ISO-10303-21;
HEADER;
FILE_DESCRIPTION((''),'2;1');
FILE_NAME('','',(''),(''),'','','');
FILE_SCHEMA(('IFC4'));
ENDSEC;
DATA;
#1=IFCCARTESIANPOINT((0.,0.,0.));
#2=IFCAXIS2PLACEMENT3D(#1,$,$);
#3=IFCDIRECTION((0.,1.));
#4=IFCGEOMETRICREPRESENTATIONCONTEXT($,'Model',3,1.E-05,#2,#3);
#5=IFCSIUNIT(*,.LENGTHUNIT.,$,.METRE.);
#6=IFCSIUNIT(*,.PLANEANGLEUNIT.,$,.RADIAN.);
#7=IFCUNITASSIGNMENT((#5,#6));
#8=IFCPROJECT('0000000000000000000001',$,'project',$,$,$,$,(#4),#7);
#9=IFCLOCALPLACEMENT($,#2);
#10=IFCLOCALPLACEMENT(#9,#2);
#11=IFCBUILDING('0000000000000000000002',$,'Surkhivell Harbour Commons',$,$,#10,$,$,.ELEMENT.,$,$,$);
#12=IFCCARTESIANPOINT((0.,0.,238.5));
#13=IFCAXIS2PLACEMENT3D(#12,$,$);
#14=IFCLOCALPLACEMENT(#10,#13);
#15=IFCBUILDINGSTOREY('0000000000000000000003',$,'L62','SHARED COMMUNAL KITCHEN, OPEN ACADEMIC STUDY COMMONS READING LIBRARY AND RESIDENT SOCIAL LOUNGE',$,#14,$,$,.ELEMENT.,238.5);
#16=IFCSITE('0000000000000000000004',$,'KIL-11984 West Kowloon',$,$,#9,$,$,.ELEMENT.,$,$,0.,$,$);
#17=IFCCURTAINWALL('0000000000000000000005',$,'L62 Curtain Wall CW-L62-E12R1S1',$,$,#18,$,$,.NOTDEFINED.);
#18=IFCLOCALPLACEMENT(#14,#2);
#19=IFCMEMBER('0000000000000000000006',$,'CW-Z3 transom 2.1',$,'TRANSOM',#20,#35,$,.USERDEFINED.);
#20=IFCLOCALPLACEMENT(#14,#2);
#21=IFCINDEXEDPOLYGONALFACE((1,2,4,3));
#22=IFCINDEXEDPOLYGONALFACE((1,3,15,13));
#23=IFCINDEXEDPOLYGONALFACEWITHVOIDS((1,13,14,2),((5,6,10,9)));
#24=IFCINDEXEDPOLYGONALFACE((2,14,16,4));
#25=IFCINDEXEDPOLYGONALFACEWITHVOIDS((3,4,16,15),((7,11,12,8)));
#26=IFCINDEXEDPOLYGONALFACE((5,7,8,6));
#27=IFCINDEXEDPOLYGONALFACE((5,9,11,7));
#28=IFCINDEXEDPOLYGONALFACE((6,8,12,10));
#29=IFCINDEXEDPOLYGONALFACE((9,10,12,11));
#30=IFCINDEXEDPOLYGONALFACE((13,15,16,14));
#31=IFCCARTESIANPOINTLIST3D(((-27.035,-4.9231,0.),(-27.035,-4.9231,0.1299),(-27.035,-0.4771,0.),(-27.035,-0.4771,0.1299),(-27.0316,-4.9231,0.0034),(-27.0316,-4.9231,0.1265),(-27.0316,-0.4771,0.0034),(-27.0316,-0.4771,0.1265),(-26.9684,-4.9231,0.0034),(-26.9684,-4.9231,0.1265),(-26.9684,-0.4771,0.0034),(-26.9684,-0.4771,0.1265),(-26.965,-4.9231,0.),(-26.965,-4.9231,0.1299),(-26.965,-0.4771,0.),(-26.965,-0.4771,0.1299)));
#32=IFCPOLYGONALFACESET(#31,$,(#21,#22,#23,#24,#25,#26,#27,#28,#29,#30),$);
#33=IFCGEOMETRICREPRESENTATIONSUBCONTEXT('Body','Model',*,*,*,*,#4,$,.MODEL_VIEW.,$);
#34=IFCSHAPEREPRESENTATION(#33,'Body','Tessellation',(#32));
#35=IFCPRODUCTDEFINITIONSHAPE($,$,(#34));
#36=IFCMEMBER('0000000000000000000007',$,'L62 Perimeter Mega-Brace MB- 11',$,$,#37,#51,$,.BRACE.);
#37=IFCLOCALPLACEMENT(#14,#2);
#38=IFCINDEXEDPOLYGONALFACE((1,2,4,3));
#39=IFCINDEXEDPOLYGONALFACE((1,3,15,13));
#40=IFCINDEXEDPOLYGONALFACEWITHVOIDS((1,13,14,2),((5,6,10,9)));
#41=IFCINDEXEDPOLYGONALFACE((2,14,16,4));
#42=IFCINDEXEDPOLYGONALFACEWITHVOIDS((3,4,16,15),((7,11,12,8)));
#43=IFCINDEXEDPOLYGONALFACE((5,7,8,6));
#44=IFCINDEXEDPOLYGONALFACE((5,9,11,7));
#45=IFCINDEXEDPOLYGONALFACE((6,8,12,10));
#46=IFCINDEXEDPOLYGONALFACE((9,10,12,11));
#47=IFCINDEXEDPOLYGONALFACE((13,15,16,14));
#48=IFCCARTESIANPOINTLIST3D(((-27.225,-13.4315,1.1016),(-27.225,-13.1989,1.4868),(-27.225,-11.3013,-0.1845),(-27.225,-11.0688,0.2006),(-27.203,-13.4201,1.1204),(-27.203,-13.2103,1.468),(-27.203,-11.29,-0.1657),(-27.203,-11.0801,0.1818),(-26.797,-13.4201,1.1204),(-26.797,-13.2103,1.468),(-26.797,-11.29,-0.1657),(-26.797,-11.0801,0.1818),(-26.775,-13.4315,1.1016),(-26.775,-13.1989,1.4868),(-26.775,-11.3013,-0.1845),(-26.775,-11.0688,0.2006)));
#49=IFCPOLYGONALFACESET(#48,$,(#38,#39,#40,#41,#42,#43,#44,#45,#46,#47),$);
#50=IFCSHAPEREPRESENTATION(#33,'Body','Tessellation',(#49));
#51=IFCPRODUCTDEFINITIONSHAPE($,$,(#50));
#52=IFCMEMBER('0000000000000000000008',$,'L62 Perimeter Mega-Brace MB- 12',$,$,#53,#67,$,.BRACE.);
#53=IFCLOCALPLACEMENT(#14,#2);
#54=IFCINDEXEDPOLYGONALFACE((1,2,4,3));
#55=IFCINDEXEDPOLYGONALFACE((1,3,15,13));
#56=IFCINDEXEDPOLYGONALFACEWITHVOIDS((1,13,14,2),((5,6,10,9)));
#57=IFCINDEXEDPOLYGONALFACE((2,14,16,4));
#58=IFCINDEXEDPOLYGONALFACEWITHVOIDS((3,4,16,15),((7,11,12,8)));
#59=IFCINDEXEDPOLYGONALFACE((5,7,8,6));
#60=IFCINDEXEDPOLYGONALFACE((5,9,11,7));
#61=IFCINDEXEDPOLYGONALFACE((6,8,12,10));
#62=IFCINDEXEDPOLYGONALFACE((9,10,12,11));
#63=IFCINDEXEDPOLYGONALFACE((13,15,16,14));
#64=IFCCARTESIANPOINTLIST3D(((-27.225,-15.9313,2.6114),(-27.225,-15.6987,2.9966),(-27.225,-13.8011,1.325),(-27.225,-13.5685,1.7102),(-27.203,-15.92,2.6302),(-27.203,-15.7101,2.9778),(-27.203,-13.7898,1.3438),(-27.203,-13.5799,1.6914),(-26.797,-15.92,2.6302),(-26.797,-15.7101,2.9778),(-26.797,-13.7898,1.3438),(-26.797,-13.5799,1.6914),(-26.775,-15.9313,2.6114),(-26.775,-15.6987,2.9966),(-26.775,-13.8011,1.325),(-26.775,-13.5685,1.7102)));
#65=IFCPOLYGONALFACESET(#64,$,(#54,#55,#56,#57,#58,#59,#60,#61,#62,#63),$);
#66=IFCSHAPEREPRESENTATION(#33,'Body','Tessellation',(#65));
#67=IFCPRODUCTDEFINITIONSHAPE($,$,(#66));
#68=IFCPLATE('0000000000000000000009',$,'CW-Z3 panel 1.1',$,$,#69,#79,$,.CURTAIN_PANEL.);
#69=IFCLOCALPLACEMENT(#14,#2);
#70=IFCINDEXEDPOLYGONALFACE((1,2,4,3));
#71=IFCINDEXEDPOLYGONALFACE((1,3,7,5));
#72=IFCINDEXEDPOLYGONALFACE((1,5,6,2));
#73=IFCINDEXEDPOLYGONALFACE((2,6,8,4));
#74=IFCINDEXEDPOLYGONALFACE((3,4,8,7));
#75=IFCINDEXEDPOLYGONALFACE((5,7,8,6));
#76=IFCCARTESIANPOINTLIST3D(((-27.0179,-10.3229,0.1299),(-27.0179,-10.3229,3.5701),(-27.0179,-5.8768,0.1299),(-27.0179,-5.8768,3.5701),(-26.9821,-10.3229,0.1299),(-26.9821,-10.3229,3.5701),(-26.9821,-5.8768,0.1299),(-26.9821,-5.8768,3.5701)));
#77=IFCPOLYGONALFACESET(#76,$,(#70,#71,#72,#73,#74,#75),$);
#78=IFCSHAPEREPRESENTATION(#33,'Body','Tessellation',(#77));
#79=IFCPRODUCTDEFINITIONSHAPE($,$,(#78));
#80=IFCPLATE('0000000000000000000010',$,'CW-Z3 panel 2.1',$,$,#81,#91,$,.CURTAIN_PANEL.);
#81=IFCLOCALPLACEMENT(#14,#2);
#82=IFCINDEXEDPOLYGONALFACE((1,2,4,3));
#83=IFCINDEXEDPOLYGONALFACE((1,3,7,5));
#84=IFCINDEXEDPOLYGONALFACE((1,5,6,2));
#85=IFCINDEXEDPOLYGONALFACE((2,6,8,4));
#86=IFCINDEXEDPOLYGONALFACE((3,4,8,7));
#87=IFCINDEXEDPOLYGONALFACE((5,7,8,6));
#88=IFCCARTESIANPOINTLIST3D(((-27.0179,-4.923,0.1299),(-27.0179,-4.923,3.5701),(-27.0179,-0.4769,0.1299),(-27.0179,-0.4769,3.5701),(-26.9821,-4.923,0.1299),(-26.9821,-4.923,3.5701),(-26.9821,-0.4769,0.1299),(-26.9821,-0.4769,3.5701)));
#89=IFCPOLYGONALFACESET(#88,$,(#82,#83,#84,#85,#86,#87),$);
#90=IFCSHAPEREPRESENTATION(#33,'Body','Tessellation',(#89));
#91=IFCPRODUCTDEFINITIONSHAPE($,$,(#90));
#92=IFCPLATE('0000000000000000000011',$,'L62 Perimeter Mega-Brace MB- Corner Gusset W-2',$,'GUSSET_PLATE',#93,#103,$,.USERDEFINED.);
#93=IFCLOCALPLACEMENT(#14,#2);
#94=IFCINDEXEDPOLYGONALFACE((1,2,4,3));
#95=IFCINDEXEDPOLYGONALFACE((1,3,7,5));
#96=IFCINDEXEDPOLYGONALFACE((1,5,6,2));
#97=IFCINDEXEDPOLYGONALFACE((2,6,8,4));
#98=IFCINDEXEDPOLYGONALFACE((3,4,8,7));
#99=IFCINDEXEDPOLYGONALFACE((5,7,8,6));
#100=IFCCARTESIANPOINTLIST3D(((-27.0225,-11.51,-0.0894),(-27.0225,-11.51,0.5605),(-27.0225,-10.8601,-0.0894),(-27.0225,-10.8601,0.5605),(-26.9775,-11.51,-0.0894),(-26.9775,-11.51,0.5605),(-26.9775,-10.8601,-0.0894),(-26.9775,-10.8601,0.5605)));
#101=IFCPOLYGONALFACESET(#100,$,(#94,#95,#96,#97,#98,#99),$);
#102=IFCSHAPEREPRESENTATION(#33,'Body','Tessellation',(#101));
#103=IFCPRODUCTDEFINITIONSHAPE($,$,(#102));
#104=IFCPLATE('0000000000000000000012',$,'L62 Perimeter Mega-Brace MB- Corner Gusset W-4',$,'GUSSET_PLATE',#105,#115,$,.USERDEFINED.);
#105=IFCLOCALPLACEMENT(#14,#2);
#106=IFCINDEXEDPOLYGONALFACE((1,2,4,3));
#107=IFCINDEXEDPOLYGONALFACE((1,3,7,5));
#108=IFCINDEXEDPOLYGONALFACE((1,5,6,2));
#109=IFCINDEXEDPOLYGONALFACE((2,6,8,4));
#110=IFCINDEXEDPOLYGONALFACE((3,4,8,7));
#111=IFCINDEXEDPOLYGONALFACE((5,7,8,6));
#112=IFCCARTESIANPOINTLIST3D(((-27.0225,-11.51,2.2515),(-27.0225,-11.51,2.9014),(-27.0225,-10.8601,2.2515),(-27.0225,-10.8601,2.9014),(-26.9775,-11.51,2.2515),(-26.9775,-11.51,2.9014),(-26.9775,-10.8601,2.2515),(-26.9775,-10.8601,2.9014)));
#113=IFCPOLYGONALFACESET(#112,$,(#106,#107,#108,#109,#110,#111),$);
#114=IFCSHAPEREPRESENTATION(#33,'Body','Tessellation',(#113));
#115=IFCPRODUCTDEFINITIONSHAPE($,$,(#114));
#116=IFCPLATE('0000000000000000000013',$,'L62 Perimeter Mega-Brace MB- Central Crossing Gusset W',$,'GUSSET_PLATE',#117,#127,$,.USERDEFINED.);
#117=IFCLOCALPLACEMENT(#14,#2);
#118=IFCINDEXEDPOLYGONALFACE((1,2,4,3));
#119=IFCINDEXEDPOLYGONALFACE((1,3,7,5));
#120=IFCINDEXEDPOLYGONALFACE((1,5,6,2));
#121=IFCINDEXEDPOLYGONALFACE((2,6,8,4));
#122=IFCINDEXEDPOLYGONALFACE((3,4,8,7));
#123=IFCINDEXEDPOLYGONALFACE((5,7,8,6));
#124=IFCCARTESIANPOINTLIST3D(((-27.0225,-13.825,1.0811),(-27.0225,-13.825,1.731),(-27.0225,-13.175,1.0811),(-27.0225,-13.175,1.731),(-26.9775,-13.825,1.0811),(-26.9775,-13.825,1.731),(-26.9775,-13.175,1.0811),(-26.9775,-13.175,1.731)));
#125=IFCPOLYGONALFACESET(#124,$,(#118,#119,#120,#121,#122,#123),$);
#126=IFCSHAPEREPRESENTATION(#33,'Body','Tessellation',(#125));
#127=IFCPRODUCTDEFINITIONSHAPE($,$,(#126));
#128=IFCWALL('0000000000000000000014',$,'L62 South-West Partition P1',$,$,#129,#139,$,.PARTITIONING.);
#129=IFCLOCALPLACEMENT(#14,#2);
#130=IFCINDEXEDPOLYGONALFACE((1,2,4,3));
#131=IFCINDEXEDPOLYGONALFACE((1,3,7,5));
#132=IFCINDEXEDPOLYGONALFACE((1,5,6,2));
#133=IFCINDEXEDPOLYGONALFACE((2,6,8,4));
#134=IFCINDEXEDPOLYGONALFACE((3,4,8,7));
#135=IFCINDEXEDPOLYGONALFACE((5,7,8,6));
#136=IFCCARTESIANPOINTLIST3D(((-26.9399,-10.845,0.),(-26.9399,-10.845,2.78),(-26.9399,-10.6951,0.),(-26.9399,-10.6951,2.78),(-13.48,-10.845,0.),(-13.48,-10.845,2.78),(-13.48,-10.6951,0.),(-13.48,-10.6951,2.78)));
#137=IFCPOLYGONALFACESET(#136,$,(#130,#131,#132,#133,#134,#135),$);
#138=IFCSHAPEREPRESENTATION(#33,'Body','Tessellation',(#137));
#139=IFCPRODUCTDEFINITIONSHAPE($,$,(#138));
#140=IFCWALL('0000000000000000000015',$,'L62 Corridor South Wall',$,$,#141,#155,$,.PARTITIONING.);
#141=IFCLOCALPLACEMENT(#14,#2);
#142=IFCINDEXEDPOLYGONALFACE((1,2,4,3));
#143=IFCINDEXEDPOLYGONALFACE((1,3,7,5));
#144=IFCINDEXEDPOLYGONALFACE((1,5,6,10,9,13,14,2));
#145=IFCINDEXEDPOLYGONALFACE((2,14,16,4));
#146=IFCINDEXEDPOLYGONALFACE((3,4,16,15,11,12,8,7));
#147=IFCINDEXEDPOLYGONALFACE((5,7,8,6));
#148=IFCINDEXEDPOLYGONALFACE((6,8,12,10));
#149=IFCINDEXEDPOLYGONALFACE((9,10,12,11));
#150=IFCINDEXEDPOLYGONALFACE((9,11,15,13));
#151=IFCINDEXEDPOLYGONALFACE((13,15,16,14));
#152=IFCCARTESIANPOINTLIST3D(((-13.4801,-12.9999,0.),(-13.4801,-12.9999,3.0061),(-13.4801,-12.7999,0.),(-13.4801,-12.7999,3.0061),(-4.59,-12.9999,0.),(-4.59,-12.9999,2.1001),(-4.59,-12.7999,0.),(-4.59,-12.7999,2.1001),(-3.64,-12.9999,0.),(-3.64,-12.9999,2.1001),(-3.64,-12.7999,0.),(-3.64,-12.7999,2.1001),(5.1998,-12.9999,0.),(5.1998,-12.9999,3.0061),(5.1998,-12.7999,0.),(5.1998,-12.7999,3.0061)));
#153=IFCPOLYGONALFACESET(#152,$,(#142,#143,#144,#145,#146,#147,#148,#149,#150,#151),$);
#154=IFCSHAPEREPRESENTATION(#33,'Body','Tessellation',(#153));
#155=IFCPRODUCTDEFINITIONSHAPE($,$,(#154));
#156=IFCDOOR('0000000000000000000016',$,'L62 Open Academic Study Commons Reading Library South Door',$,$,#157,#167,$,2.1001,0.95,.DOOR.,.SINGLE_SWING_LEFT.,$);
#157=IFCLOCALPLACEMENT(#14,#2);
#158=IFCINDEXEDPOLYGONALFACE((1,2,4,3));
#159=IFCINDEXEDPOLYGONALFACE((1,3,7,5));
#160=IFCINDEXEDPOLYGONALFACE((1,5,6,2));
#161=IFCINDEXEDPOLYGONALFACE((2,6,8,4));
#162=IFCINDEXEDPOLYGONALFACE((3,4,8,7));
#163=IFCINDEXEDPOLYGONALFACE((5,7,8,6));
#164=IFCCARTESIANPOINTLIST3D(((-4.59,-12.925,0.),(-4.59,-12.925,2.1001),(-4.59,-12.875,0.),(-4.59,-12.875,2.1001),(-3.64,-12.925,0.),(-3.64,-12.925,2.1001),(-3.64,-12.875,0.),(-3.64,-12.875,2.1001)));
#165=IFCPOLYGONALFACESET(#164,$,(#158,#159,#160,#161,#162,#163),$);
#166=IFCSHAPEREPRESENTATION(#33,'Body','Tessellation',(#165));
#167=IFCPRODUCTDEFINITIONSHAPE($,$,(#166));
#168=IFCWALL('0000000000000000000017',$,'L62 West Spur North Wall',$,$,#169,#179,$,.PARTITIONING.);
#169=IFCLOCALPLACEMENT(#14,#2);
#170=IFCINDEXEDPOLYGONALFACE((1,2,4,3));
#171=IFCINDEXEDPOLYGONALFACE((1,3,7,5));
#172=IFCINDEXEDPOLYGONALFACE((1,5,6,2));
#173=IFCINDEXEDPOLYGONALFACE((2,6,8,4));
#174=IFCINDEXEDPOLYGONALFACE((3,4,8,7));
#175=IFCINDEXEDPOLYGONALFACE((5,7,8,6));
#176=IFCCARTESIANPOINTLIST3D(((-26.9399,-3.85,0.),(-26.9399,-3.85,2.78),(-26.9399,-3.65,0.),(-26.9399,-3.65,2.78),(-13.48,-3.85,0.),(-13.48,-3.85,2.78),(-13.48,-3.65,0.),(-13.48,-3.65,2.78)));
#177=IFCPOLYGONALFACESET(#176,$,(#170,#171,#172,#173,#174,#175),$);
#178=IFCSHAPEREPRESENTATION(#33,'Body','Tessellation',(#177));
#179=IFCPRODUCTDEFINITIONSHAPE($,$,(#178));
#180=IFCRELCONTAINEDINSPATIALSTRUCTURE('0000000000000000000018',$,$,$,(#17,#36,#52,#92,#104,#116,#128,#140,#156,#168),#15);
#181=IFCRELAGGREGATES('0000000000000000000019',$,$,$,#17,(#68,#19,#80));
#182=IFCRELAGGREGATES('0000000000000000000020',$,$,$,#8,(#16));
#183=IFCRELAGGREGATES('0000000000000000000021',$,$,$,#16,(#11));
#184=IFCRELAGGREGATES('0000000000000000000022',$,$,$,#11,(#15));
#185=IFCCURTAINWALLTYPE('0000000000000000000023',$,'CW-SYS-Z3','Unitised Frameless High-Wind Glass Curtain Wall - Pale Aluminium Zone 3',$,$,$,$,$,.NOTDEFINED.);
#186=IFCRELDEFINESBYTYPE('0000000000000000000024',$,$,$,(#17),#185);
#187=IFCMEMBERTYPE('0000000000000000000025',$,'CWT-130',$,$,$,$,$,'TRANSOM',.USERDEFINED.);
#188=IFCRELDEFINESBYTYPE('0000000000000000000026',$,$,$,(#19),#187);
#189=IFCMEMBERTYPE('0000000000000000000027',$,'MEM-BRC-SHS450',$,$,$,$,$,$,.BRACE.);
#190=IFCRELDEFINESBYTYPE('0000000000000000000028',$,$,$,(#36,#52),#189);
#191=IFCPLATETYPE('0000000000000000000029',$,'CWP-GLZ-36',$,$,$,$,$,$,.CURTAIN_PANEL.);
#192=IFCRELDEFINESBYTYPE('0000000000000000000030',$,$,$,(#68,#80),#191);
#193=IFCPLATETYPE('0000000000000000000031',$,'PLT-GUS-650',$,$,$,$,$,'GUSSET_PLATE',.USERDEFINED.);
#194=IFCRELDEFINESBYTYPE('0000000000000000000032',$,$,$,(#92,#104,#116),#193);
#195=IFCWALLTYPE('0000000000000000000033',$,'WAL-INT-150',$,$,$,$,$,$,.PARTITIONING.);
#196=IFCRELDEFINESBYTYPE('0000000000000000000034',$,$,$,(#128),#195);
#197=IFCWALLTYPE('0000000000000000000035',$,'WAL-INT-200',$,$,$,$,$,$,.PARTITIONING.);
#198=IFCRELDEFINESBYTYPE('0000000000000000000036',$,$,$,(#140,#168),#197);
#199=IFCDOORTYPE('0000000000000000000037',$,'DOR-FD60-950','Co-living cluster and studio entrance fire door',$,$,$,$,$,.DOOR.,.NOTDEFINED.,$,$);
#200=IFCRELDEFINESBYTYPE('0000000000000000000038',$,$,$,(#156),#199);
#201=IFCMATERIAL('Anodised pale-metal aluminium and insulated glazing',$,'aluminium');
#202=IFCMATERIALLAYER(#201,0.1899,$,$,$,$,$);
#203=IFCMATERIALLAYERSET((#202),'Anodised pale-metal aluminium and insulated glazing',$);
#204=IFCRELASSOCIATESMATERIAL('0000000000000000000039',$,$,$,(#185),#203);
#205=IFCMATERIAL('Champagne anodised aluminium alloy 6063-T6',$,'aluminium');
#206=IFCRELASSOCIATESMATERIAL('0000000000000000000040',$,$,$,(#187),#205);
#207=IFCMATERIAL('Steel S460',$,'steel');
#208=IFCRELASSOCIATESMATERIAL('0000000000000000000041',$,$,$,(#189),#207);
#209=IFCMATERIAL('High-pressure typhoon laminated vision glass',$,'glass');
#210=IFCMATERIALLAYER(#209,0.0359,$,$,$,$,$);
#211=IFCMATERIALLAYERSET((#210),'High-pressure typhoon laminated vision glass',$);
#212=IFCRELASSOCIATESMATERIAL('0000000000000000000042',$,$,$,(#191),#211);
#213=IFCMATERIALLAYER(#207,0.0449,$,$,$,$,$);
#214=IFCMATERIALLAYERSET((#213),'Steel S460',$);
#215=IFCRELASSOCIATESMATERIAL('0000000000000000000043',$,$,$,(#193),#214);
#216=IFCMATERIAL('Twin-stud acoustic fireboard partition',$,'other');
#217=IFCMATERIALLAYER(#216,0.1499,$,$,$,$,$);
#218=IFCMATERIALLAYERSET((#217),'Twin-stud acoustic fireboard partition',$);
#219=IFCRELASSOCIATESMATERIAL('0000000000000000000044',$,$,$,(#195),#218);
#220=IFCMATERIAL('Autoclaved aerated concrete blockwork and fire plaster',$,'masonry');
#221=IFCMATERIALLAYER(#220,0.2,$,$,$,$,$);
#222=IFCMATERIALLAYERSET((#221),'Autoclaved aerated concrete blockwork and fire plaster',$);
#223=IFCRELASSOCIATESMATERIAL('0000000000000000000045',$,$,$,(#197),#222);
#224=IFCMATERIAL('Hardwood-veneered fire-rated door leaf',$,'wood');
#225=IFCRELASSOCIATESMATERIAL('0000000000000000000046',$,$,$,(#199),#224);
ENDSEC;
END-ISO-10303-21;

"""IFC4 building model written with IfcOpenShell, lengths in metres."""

from ifc_helpers import new_model, si_unit, direction, frame, frame_2d, origin, origin_2d, place, context, subcontext, project, spatial, rectangle, hollow_rectangle, extrude, material, layer, layer_set, material_profile, profile_set, type_object, element, fill, aggregate, save


model = new_model("IFC4")

# Units and contexts
model_context = context("Model", 3, precision=1e-05, world=origin(), true_north=direction((0.0, 1.0)))
body_context = subcontext(model_context, "Body", "Model", "MODEL_VIEW")
ifc_project = project(units=[si_unit("LENGTHUNIT", "METRE"), si_unit("PLANEANGLEUNIT", "RADIAN")], contexts=[model_context])

# Site, building, storey
site_placement = place(None, origin())
site = spatial("IfcSite", under=ifc_project, at=site_placement, Name="KIL-11984 West Kowloon", CompositionType="ELEMENT", RefElevation=0.0)
building_placement = place(site_placement, origin())
building = spatial("IfcBuilding", under=site, at=building_placement, Name="Surkhivell Harbour Commons", CompositionType="ELEMENT")
storey_placement = place(building_placement, frame((0.0, 0.0, 238.5)))
storey = spatial("IfcBuildingStorey", under=building, at=storey_placement, Name="L62", Description="SHARED COMMUNAL KITCHEN, OPEN ACADEMIC STUDY COMMONS READING LIBRARY AND RESIDENT SOCIAL LOUNGE", CompositionType="ELEMENT", Elevation=238.5)

# Curtain wall, member
ifc_material_1 = material(Name="Anodised pale-metal aluminium and insulated glazing", Category="aluminium")
ifc_layer_1 = layer(ifc_material_1, 0.1899)
ifc_layer_set_1 = layer_set([ifc_layer_1], Name="Anodised pale-metal aluminium and insulated glazing")
curtain_wall_type = type_object("IfcCurtainWallType", Name="CW-SYS-Z3", Description="Unitised Frameless High-Wind Glass Curtain Wall - Pale Aluminium Zone 3", PredefinedType="NOTDEFINED", material=ifc_layer_set_1)
curtain_wall_placement = place(storey_placement, origin())
curtain_wall = element("IfcCurtainWall", 1, at=curtain_wall_placement, inside=storey, type_object=curtain_wall_type, Name="L62 Curtain Wall CW-L62-E12R1S1", PredefinedType="NOTDEFINED")
ifc_material_2 = material(Name="Champagne anodised aluminium alloy 6063-T6", Category="aluminium")
ifc_material_profile_1 = material_profile(ifc_material_2, hollow_rectangle(XDim=0.0701, YDim=0.1299, WallThickness=0.0034, at=origin_2d()), Name="ALU-TRAN-70x130")
ifc_profile_set_1 = profile_set([ifc_material_profile_1], Name="Champagne anodised aluminium alloy 6063-T6")
member_type_1 = type_object("IfcMemberType", Name="CWT-130", ElementType="TRANSOM", PredefinedType="USERDEFINED", material=ifc_profile_set_1)
member_1_placement = place(storey_placement, frame((-27.0, -4.9231, 0.0649), z_axis=(0.0, 1.0, 0.0), x_axis=(-1.0, 0.0, 0.0)))
member_1 = element("IfcMember", 2, at=member_1_placement, type_object=member_type_1, Name="CW-Z3 transom 2.1", ObjectType="TRANSOM", PredefinedType="USERDEFINED", context=body_context, shape_type="SweptSolid", body=[
    extrude(hollow_rectangle(XDim=0.0701, YDim=0.1299, WallThickness=0.0034, at=origin_2d()), origin(), (0.0, 0.0, 1.0), 4.446),
])

# Members
ifc_material_3 = material(Name="Steel S460", Category="steel")
ifc_material_profile_2 = material_profile(ifc_material_3, hollow_rectangle(XDim=0.45, YDim=0.45, WallThickness=0.022, at=origin_2d()), Name="SHS450x450x22")
ifc_profile_set_2 = profile_set([ifc_material_profile_2], Name="Steel S460")
member_type_2 = type_object("IfcMemberType", Name="MEM-BRC-SHS450", PredefinedType="BRACE", material=ifc_profile_set_2)
member_2_placement = place(storey_placement, frame((-27.0, -11.1851, 0.0081), z_axis=(0.0, -0.856061, 0.516875), x_axis=(1.0, 0.0, 0.0)))
element("IfcMember", 3, at=member_2_placement, inside=storey, type_object=member_type_2, Name="L62 Perimeter Mega-Brace MB- 11", PredefinedType="BRACE", context=body_context, shape_type="SweptSolid", body=[
    extrude(hollow_rectangle(XDim=0.45, YDim=0.45, WallThickness=0.022, at=origin_2d()), origin(), (0.0, 0.0, 1.0), 2.4883),
])
member_3_placement = place(storey_placement, frame((-27.0, -13.6848, 1.5176), z_axis=(0.0, -0.856018, 0.516946), x_axis=(1.0, 0.0, 0.0)))
element("IfcMember", 4, at=member_3_placement, inside=storey, type_object=member_type_2, Name="L62 Perimeter Mega-Brace MB- 12", PredefinedType="BRACE", context=body_context, shape_type="SweptSolid", body=[
    extrude(hollow_rectangle(XDim=0.45, YDim=0.45, WallThickness=0.022, at=origin_2d()), origin(), (0.0, 0.0, 1.0), 2.4885),
])

# Plates
ifc_material_4 = material(Name="High-pressure typhoon laminated vision glass", Category="glass")
ifc_layer_2 = layer(ifc_material_4, 0.0359)
ifc_layer_set_2 = layer_set([ifc_layer_2], Name="High-pressure typhoon laminated vision glass")
plate_type_1 = type_object("IfcPlateType", Name="CWP-GLZ-36", PredefinedType="CURTAIN_PANEL", material=ifc_layer_set_2)
plate_1_placement = place(storey_placement, frame((-27.0, -10.323, 0.1299), z_axis=(0.0, 0.0, 1.0), x_axis=(0.0, 1.0, 0.0)))
plate_1 = element("IfcPlate", 5, at=plate_1_placement, type_object=plate_type_1, Name="CW-Z3 panel 1.1", PredefinedType="CURTAIN_PANEL", context=body_context, shape_type="SweptSolid", body=[
    extrude(rectangle(XDim=4.446, YDim=0.0359, at=frame_2d((2.2231, 0.0))), origin(), (0.0, 0.0, 1.0), 3.4402),
])
plate_2_placement = place(storey_placement, frame((-27.0, -4.9231, 0.1299), z_axis=(0.0, 0.0, 1.0), x_axis=(0.0, 1.0, 0.0)))
plate_2 = element("IfcPlate", 6, at=plate_2_placement, type_object=plate_type_1, Name="CW-Z3 panel 2.1", PredefinedType="CURTAIN_PANEL", context=body_context, shape_type="SweptSolid", body=[
    extrude(rectangle(XDim=4.446, YDim=0.0359, at=frame_2d((2.2231, 0.0))), origin(), (0.0, 0.0, 1.0), 3.4402),
])
aggregate(curtain_wall, [plate_1, member_1, plate_2])

# Plates
ifc_layer_3 = layer(ifc_material_3, 0.0449)
ifc_layer_set_3 = layer_set([ifc_layer_3], Name="Steel S460")
plate_type_2 = type_object("IfcPlateType", Name="PLT-GUS-650", ElementType="GUSSET_PLATE", PredefinedType="USERDEFINED", material=ifc_layer_set_3)
for number, where, z_axis, x_axis, name in (
    (7, (-27.0, -11.1851, -0.0894), (0.0, 0.0, 1.0), (0.0, 1.0, 0.0), "L62 Perimeter Mega-Brace MB- Corner Gusset W-2"),
    (8, (-27.0, -11.1851, 2.2515), (0.0, 0.0, 1.0), (0.0, 1.0, 0.0), "L62 Perimeter Mega-Brace MB- Corner Gusset W-4"),
    (9, (-27.0, -13.5, 1.0811), (0.0, 0.0, 1.0), (0.0, 1.0, 0.0), "L62 Perimeter Mega-Brace MB- Central Crossing Gusset W"),
):
    element("IfcPlate", number, at=place(storey_placement, frame(where, z_axis=z_axis, x_axis=x_axis)), inside=storey, type_object=plate_type_2, Name=name, ObjectType="GUSSET_PLATE", PredefinedType="USERDEFINED", context=body_context, shape_type="SweptSolid", body=[
        extrude(rectangle(XDim=0.6499, YDim=0.0449, at=origin_2d()), origin(), (0.0, 0.0, 1.0), 0.6499),
    ])

# Wall
ifc_material_5 = material(Name="Twin-stud acoustic fireboard partition", Category="other")
ifc_layer_4 = layer(ifc_material_5, 0.1499)
ifc_layer_set_4 = layer_set([ifc_layer_4], Name="Twin-stud acoustic fireboard partition")
wall_type_1 = type_object("IfcWallType", Name="WAL-INT-150", PredefinedType="PARTITIONING", material=ifc_layer_set_4)
wall_1_placement = place(storey_placement, frame((-26.9399, -10.77, 0.0), z_axis=(0.0, 0.0, 1.0), x_axis=(1.0, 0.0, 0.0)))
element("IfcWall", 10, at=wall_1_placement, inside=storey, type_object=wall_type_1, Name="L62 South-West Partition P1", PredefinedType="PARTITIONING", context=body_context, shape_type="SweptSolid", body=[
    extrude(rectangle(XDim=13.46, YDim=0.1499, at=frame_2d((6.73, 0.0))), origin(), (0.0, 0.0, 1.0), 2.78),
])

# Wall, opening, door
ifc_material_6 = material(Name="Autoclaved aerated concrete blockwork and fire plaster", Category="masonry")
ifc_layer_5 = layer(ifc_material_6, 0.2)
ifc_layer_set_5 = layer_set([ifc_layer_5], Name="Autoclaved aerated concrete blockwork and fire plaster")
wall_type_2 = type_object("IfcWallType", Name="WAL-INT-200", PredefinedType="PARTITIONING", material=ifc_layer_set_5)
wall_2_placement = place(storey_placement, frame((-13.48, -12.8999, 0.0), z_axis=(0.0, 0.0, 1.0), x_axis=(1.0, 0.0, 0.0)))
wall_2 = element("IfcWall", 11, at=wall_2_placement, inside=storey, type_object=wall_type_2, Name="L62 Corridor South Wall", PredefinedType="PARTITIONING", context=body_context, shape_type="SweptSolid", body=[
    extrude(rectangle(XDim=18.6799, YDim=0.2, at=frame_2d((9.3398, 0.0))), origin(), (0.0, 0.0, 1.0), 3.0061),
])
opening_1_placement = place(wall_2_placement, frame((8.8899, 0.0, 0.0)))
opening_1 = element("IfcOpeningElement", 12, at=opening_1_placement, cuts=wall_2, PredefinedType="OPENING", context=body_context, shape_type="SweptSolid", body=[
    extrude(rectangle(XDim=0.95, YDim=2.1001, at=frame_2d((0.4751, 1.05))), frame((0.0, 0.1099, 0.0), z_axis=(0.0, -1.0, 0.0), x_axis=(1.0, 0.0, 0.0)), (0.0, 0.0, 1.0), 0.22),
])
ifc_material_7 = material(Name="Hardwood-veneered fire-rated door leaf", Category="wood")
door_type_1 = type_object("IfcDoorType", Name="DOR-FD60-950", Description="Co-living cluster and studio entrance fire door", OperationType="NOTDEFINED", PredefinedType="DOOR", material=ifc_material_7)
door_1_placement = place(opening_1_placement, origin())
door_1 = element("IfcDoor", 13, at=door_1_placement, inside=storey, type_object=door_type_1, Name="L62 Open Academic Study Commons Reading Library South Door", OperationType="SINGLE_SWING_LEFT", OverallHeight=2.1001, OverallWidth=0.95, PredefinedType="DOOR", context=body_context, shape_type="SweptSolid", body=[
    extrude(rectangle(XDim=0.95, YDim=2.1001, at=frame_2d((0.4751, 1.05))), frame((0.0, 0.0249, 0.0), z_axis=(0.0, -1.0, 0.0), x_axis=(1.0, 0.0, 0.0)), (0.0, 0.0, 1.0), 0.05),
])
fill(opening_1, door_1)

# Wall
for number, where, z_axis, x_axis, name in (
    (14, (-26.9399, -3.75, 0.0), (0.0, 0.0, 1.0), (1.0, 0.0, 0.0), "L62 West Spur North Wall"),
):
    element("IfcWall", number, at=place(storey_placement, frame(where, z_axis=z_axis, x_axis=x_axis)), inside=storey, type_object=wall_type_2, Name=name, PredefinedType="PARTITIONING", context=body_context, shape_type="SweptSolid", body=[
        extrude(rectangle(XDim=13.46, YDim=0.2, at=frame_2d((6.73, 0.0))), origin(), (0.0, 0.0, 1.0), 2.78),
    ])

save(model, "model.ifc")
